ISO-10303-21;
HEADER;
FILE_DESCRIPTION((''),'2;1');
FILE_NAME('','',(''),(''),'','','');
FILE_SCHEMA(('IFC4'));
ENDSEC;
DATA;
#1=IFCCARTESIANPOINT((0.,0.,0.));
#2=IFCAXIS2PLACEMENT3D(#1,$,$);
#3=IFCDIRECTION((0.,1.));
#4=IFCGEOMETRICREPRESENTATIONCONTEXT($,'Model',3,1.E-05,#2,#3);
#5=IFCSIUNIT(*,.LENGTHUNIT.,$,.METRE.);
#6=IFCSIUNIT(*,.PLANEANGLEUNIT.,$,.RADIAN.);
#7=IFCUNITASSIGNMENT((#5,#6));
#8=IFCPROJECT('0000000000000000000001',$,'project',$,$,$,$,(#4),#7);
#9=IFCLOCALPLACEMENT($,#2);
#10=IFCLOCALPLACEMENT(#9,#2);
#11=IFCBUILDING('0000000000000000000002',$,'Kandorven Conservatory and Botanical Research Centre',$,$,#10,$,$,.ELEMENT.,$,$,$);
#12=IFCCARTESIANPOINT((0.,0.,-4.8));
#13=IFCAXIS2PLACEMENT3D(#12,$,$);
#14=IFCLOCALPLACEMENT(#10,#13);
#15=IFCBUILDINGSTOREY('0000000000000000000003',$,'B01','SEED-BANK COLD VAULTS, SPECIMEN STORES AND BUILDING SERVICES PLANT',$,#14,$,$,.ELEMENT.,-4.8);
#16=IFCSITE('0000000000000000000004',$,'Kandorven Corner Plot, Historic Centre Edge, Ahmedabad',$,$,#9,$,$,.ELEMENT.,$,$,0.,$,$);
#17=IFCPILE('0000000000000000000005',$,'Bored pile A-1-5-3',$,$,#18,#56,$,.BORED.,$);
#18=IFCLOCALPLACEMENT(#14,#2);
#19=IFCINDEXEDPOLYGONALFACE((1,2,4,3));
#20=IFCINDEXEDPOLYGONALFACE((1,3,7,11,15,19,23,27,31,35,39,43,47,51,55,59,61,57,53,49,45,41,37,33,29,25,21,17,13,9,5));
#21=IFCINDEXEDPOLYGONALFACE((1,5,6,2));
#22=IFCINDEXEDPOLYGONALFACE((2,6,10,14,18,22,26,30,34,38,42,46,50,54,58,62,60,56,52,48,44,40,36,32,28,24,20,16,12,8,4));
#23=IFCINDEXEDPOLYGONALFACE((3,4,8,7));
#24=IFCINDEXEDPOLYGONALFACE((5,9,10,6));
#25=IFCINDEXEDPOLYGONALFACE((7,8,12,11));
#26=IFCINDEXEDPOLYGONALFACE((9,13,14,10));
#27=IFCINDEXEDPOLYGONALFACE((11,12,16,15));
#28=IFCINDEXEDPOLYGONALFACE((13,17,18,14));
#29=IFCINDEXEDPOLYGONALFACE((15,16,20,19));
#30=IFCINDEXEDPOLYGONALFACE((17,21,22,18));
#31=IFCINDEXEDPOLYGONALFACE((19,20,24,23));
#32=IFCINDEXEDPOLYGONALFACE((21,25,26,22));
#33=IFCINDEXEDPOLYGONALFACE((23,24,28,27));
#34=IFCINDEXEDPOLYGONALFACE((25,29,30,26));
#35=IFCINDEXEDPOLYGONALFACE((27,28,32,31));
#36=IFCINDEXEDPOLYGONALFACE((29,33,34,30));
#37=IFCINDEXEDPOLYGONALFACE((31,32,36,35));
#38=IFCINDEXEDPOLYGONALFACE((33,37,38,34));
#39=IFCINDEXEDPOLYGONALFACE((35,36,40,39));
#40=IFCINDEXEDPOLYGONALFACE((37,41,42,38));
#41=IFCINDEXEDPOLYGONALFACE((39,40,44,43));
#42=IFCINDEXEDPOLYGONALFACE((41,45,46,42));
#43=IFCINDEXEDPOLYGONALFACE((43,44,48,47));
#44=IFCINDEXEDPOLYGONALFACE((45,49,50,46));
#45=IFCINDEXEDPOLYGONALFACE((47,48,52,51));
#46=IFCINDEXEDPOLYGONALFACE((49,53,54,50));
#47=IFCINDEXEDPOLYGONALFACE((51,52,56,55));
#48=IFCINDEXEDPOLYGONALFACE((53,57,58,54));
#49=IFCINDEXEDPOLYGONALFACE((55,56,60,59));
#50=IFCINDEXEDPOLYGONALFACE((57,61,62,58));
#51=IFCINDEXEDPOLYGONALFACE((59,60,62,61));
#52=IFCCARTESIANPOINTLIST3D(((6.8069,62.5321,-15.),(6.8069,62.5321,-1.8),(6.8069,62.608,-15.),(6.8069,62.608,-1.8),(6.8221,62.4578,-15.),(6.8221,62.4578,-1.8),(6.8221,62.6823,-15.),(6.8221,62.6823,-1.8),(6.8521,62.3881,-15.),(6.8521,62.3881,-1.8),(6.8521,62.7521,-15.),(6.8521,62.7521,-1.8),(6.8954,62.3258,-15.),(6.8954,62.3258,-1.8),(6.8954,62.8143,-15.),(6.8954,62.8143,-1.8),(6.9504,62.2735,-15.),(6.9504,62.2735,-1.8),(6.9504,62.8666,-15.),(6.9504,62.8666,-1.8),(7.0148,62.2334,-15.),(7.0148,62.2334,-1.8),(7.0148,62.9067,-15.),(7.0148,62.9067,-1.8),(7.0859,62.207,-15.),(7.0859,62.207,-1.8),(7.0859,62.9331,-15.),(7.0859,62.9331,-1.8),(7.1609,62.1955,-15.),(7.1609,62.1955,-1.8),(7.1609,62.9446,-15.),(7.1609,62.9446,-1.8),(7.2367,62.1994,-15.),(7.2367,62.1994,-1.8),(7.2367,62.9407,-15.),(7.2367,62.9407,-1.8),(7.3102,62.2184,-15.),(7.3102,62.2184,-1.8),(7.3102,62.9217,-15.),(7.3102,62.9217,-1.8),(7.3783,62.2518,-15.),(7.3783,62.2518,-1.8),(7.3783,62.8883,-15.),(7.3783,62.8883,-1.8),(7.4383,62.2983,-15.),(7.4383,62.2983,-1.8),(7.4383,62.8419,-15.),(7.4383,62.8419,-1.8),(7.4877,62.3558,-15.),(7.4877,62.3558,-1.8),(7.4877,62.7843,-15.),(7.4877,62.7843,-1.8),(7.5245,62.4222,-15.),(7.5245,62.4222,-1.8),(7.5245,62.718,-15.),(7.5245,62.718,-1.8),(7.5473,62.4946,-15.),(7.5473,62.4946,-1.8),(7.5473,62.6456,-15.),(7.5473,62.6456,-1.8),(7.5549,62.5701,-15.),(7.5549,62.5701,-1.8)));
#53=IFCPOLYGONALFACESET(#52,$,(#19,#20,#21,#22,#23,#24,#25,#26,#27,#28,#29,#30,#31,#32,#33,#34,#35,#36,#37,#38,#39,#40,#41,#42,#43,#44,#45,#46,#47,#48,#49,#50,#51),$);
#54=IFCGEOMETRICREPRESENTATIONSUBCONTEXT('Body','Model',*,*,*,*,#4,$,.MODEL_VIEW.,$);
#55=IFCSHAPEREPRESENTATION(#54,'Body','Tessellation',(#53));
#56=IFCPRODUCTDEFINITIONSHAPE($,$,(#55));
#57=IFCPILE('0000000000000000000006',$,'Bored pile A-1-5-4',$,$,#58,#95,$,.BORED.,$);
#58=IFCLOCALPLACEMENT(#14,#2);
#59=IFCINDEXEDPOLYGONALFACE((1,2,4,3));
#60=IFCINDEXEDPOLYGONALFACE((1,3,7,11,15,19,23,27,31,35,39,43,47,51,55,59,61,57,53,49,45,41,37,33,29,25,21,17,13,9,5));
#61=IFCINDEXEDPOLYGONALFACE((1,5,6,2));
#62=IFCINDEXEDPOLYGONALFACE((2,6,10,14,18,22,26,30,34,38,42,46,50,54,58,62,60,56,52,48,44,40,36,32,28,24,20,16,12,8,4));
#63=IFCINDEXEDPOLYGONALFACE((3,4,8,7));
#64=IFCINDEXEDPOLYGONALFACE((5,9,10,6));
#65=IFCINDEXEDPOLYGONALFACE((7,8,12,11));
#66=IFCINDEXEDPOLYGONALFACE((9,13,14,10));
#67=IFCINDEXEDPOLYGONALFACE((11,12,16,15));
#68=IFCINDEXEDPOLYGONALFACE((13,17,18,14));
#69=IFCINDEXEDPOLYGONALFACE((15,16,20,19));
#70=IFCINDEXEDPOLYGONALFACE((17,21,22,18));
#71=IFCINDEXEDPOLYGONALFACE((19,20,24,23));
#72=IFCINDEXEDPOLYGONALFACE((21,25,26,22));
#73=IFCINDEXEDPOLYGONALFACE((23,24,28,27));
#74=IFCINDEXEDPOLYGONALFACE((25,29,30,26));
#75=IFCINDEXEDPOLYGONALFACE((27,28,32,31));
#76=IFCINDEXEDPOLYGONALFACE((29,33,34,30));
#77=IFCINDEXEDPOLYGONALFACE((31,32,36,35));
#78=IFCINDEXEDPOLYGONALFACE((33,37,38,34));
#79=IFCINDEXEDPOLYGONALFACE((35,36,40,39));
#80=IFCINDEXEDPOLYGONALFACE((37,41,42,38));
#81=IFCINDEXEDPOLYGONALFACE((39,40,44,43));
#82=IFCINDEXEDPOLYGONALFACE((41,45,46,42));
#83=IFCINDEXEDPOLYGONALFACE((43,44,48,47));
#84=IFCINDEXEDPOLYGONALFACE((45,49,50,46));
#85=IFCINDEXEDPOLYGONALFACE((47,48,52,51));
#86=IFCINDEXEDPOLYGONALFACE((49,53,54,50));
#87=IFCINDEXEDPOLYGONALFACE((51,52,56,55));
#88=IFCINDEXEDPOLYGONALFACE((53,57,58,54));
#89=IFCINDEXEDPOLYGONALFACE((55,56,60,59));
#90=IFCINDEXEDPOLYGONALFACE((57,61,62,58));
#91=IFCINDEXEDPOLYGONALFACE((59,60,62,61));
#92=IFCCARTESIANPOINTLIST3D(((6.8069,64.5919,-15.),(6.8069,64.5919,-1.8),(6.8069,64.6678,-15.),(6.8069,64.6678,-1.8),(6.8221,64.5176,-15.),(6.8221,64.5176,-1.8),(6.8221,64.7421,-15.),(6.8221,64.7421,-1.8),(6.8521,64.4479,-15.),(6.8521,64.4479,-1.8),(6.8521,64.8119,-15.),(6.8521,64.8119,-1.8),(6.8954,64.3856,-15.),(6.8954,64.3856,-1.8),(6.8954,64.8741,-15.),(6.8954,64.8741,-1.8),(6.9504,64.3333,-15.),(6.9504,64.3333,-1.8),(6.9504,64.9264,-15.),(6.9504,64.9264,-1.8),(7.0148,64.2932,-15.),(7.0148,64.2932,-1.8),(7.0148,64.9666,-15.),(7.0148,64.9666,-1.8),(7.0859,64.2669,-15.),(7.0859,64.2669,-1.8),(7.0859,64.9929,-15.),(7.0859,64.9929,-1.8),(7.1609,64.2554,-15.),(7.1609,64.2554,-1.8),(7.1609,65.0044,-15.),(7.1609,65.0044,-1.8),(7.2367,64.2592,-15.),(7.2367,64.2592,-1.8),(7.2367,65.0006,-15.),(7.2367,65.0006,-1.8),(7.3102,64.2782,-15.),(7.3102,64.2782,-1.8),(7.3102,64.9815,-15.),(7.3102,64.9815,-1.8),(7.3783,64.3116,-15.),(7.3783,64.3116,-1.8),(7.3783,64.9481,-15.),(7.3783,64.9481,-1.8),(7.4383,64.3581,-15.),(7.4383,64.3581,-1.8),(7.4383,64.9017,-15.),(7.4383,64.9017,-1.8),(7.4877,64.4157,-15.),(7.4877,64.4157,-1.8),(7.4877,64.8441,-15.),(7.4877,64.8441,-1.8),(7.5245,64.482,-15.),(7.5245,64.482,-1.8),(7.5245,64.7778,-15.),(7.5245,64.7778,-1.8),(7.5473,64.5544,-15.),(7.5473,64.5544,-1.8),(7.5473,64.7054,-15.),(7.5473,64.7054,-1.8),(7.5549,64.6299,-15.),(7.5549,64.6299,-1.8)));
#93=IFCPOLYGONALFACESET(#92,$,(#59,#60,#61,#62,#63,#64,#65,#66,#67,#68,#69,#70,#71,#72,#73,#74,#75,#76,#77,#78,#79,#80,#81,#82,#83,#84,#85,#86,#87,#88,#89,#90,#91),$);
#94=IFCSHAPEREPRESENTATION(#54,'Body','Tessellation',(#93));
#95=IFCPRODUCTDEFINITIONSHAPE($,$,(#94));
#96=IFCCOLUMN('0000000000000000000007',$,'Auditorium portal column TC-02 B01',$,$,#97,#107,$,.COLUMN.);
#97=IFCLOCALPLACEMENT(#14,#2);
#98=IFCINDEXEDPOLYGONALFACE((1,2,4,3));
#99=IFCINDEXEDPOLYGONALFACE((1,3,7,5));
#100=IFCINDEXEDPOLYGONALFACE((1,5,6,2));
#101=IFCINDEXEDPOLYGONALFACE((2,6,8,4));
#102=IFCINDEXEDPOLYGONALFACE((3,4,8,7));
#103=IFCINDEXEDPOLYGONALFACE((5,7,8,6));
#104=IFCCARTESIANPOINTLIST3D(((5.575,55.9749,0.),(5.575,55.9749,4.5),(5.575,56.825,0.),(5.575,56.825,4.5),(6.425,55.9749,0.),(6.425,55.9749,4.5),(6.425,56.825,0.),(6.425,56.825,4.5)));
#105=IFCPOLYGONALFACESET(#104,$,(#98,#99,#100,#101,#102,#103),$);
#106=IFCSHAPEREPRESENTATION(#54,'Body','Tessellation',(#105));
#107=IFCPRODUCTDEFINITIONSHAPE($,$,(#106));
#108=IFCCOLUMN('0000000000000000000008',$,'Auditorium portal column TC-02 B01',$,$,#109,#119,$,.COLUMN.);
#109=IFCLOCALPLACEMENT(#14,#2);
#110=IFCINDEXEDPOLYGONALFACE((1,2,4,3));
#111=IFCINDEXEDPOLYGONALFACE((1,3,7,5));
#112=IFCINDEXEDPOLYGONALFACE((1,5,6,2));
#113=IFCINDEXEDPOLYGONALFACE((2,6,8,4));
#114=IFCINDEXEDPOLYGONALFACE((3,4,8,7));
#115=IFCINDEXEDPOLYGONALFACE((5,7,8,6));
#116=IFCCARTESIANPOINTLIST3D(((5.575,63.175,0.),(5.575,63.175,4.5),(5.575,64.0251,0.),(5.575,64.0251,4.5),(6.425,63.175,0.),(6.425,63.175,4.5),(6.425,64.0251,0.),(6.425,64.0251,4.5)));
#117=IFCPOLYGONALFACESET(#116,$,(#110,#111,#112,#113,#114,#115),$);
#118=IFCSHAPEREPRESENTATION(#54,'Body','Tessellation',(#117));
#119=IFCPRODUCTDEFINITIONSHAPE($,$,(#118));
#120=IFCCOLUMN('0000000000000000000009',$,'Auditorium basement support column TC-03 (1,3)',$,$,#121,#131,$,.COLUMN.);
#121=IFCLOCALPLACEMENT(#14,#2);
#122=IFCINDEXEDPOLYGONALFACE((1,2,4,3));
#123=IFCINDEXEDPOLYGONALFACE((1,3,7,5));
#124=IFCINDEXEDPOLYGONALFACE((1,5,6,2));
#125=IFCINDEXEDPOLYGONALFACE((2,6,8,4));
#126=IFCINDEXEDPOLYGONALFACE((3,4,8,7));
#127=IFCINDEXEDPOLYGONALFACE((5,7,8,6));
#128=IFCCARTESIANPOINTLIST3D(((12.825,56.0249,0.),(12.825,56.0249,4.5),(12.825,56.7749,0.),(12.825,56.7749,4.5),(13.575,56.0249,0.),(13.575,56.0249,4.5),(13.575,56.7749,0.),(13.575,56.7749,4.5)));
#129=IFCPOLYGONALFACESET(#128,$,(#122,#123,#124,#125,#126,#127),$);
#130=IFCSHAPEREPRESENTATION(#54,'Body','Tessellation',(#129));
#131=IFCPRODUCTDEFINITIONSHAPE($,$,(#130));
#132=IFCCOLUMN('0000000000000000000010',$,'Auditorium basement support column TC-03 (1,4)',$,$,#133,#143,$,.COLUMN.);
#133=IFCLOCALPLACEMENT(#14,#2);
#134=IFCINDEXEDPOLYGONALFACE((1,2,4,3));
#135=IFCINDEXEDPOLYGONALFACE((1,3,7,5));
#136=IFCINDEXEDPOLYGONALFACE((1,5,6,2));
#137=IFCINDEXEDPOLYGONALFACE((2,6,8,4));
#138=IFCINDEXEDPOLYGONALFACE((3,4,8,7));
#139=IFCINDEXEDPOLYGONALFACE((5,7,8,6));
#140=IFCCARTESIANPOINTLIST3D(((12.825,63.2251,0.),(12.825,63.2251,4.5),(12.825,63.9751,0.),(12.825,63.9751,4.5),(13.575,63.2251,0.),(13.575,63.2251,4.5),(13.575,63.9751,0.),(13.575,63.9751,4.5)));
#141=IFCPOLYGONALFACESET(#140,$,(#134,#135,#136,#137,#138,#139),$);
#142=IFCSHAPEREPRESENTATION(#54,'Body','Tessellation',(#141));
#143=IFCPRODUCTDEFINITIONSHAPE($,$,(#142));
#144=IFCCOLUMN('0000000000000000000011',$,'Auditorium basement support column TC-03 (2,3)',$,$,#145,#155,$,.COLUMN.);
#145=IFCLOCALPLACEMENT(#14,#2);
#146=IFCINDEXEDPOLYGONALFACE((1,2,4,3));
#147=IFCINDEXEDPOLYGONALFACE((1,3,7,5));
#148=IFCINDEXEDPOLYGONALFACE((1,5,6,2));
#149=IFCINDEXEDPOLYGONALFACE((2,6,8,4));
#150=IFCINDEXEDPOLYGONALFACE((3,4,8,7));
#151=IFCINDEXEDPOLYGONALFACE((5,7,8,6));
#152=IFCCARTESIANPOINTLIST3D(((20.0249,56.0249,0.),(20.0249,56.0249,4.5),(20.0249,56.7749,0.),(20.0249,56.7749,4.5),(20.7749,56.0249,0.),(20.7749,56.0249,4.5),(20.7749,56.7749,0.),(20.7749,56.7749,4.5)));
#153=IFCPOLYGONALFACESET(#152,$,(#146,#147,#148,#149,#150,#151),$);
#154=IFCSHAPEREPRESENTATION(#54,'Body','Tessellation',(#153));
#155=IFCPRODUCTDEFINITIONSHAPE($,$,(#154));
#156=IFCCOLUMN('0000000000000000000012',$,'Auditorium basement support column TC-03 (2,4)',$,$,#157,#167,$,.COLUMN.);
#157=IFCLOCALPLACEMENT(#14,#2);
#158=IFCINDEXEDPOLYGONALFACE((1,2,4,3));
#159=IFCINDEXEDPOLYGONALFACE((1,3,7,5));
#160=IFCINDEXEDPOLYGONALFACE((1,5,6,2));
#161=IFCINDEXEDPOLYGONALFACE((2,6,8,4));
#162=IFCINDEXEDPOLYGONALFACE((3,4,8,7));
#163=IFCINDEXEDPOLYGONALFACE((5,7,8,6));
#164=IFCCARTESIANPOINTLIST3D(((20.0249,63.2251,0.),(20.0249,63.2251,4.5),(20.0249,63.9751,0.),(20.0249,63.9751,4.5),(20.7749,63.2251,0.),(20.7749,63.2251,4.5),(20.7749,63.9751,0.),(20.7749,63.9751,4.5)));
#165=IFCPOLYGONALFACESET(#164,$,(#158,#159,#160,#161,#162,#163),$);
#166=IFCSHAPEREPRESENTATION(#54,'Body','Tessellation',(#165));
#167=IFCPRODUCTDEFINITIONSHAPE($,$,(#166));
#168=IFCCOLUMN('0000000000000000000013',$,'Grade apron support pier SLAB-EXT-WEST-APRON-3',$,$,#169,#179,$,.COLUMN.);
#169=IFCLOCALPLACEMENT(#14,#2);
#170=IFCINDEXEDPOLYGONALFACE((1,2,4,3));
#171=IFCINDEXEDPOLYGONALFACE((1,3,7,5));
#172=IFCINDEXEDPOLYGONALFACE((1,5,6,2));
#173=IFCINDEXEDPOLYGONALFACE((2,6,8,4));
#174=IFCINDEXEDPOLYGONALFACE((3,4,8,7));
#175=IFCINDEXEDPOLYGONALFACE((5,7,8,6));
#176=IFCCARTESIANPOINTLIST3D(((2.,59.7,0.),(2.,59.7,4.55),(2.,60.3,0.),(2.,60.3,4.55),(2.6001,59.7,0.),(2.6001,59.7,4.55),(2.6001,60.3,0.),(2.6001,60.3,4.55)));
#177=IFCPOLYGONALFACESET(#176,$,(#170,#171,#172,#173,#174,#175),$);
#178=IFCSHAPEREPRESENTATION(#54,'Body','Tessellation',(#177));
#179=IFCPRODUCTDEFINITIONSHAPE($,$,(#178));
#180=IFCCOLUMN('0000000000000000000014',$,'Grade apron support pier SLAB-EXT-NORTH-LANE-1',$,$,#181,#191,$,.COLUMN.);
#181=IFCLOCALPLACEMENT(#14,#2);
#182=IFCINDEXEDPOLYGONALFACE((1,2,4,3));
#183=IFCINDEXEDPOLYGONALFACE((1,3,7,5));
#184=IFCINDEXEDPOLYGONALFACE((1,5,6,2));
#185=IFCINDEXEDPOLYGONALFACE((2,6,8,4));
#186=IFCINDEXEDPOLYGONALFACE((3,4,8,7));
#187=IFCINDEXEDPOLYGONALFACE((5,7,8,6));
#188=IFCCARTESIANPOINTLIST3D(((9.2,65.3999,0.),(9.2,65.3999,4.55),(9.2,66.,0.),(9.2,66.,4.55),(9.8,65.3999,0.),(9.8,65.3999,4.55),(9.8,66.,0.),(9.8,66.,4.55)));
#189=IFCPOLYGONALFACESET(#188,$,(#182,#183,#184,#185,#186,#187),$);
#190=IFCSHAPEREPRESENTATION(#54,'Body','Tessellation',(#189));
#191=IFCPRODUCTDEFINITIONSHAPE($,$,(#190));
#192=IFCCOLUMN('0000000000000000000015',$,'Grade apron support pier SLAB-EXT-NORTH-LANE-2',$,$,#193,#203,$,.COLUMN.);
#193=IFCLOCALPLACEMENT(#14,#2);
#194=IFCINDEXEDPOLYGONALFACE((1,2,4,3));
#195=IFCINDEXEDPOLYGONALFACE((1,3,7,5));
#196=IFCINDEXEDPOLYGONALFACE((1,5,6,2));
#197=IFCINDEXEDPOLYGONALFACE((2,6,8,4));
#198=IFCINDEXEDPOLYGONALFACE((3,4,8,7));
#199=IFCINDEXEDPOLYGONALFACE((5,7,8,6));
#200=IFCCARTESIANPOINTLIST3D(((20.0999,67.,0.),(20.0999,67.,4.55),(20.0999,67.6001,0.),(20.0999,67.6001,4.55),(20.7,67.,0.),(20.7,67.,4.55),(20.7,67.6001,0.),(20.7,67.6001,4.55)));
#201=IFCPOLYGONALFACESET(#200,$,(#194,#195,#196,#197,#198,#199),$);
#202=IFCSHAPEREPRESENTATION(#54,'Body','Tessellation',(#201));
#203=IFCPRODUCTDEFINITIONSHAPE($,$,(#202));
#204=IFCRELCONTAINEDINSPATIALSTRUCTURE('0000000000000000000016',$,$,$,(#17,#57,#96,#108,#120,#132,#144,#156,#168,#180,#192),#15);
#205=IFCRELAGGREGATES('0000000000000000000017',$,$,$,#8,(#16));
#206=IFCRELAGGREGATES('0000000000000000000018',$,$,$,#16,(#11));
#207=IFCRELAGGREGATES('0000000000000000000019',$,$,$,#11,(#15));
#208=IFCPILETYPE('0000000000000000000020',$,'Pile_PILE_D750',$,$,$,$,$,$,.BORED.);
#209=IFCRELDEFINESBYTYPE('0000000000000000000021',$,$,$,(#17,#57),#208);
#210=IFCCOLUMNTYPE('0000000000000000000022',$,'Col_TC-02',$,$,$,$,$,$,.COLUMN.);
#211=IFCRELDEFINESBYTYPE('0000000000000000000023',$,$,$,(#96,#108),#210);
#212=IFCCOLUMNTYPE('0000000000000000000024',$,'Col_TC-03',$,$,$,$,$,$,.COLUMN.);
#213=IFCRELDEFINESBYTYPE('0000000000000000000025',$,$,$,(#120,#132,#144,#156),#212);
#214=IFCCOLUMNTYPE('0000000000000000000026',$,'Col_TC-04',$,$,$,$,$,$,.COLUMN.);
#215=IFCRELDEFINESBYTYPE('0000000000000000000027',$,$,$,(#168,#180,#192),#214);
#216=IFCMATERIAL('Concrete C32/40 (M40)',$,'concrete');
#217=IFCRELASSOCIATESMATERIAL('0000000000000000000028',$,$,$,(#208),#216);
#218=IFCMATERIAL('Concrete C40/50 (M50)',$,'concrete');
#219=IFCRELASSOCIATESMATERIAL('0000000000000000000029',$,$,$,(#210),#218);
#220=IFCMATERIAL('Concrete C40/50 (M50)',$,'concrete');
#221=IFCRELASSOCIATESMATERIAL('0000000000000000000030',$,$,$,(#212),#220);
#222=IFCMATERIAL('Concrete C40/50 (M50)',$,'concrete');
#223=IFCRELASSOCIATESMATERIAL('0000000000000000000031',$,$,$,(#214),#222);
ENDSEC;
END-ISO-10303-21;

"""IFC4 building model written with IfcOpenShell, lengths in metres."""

from ifc_helpers import new_model, si_unit, direction, frame, origin, origin_2d, place, context, subcontext, project, spatial, rectangle, circle, extrude, material, material_profile, profile_set, type_object, element, save


model = new_model("IFC4")

# Units and contexts
model_context = context("Model", 3, precision=1e-05, world=origin(), true_north=direction((0.0, 1.0)))
body_context = subcontext(model_context, "Body", "Model", "MODEL_VIEW")
ifc_project = project(units=[si_unit("LENGTHUNIT", "METRE"), si_unit("PLANEANGLEUNIT", "RADIAN")], contexts=[model_context])

# Site, building, storey
site_placement = place(None, origin())
site = spatial("IfcSite", under=ifc_project, at=site_placement, Name="Kandorven Corner Plot, Historic Centre Edge, Ahmedabad", CompositionType="ELEMENT", RefElevation=0.0)
building_placement = place(site_placement, origin())
building = spatial("IfcBuilding", under=site, at=building_placement, Name="Kandorven Conservatory and Botanical Research Centre", CompositionType="ELEMENT")
storey_placement = place(building_placement, frame((0.0, 0.0, -4.8)))
storey = spatial("IfcBuildingStorey", under=building, at=storey_placement, Name="B01", Description="SEED-BANK COLD VAULTS, SPECIMEN STORES AND BUILDING SERVICES PLANT", CompositionType="ELEMENT", Elevation=-4.8)

# Piles
ifc_material_1 = material(Name="Concrete C32/40 (M40)", Category="concrete")
ifc_material_profile_1 = material_profile(ifc_material_1, circle(Radius=0.375, at=origin_2d()))
ifc_profile_set_1 = profile_set([ifc_material_profile_1], Name="Concrete C32/40 (M40)")
pile_type = type_object("IfcPileType", Name="Pile_PILE_D750", PredefinedType="BORED", material=ifc_profile_set_1)
for number, where, z_axis, x_axis, name in (
    (1, (7.1799, 62.5701, -1.8), (0.0, 0.0, -1.0), (1.0, 0.0, 0.0), "Bored pile A-1-5-3"),
    (2, (7.1799, 64.6299, -1.8), (0.0, 0.0, -1.0), (1.0, 0.0, 0.0), "Bored pile A-1-5-4"),
):
    element("IfcPile", number, at=place(storey_placement, frame(where, z_axis=z_axis, x_axis=x_axis)), inside=storey, type_object=pile_type, Name=name, PredefinedType="BORED", context=body_context, shape_type="SweptSolid", body=[
        extrude(circle(Radius=0.375, at=origin_2d()), origin(), (0.0, 0.0, 1.0), 13.2),
    ])

# Columns
ifc_material_2 = material(Name="Concrete C40/50 (M50)", Category="concrete")
ifc_material_profile_2 = material_profile(ifc_material_2, rectangle(XDim=0.8501, YDim=0.8501, at=origin_2d()))
ifc_profile_set_2 = profile_set([ifc_material_profile_2], Name="Concrete C40/50 (M50)")
column_type_1 = type_object("IfcColumnType", Name="Col_TC-02", PredefinedType="COLUMN", material=ifc_profile_set_2)
for number, where, z_axis, x_axis, name in (
    (3, (6.0, 56.3999, 0.0), (0.0, 0.0, 1.0), (1.0, 0.0, 0.0), "Auditorium portal column TC-02 B01"),
    (4, (6.0, 63.6001, 0.0), (0.0, 0.0, 1.0), (1.0, 0.0, 0.0), "Auditorium portal column TC-02 B01"),
):
    element("IfcColumn", number, at=place(storey_placement, frame(where, z_axis=z_axis, x_axis=x_axis)), inside=storey, type_object=column_type_1, Name=name, PredefinedType="COLUMN", context=body_context, shape_type="SweptSolid", body=[
        extrude(rectangle(XDim=0.8501, YDim=0.8501, at=origin_2d()), origin(), (0.0, 0.0, 1.0), 4.5),
    ])
ifc_material_3 = material(Name="Concrete C40/50 (M50)", Category="concrete")
ifc_material_profile_3 = material_profile(ifc_material_3, rectangle(XDim=0.75, YDim=0.75, at=origin_2d()))
ifc_profile_set_3 = profile_set([ifc_material_profile_3], Name="Concrete C40/50 (M50)")
column_type_2 = type_object("IfcColumnType", Name="Col_TC-03", PredefinedType="COLUMN", material=ifc_profile_set_3)
for number, where, z_axis, x_axis, name in (
    (5, (13.2, 56.3999, 0.0), (0.0, 0.0, 1.0), (1.0, 0.0, 0.0), "Auditorium basement support column TC-03 (1,3)"),
    (6, (13.2, 63.6001, 0.0), (0.0, 0.0, 1.0), (1.0, 0.0, 0.0), "Auditorium basement support column TC-03 (1,4)"),
    (7, (20.3999, 56.3999, 0.0), (0.0, 0.0, 1.0), (1.0, 0.0, 0.0), "Auditorium basement support column TC-03 (2,3)"),
    (8, (20.3999, 63.6001, 0.0), (0.0, 0.0, 1.0), (1.0, 0.0, 0.0), "Auditorium basement support column TC-03 (2,4)"),
):
    element("IfcColumn", number, at=place(storey_placement, frame(where, z_axis=z_axis, x_axis=x_axis)), inside=storey, type_object=column_type_2, Name=name, PredefinedType="COLUMN", context=body_context, shape_type="SweptSolid", body=[
        extrude(rectangle(XDim=0.75, YDim=0.75, at=origin_2d()), origin(), (0.0, 0.0, 1.0), 4.5),
    ])
ifc_material_4 = material(Name="Concrete C40/50 (M50)", Category="concrete")
ifc_material_profile_4 = material_profile(ifc_material_4, rectangle(XDim=0.6001, YDim=0.6001, at=origin_2d()))
ifc_profile_set_4 = profile_set([ifc_material_profile_4], Name="Concrete C40/50 (M50)")
column_type_3 = type_object("IfcColumnType", Name="Col_TC-04", PredefinedType="COLUMN", material=ifc_profile_set_4)
for number, where, z_axis, x_axis, name in (
    (9, (2.3, 60.0, 0.0), (0.0, 0.0, 1.0), (1.0, 0.0, 0.0), "Grade apron support pier SLAB-EXT-WEST-APRON-3"),
    (10, (9.5, 65.7, 0.0), (0.0, 0.0, 1.0), (1.0, 0.0, 0.0), "Grade apron support pier SLAB-EXT-NORTH-LANE-1"),
    (11, (20.3999, 67.3, 0.0), (0.0, 0.0, 1.0), (1.0, 0.0, 0.0), "Grade apron support pier SLAB-EXT-NORTH-LANE-2"),
):
    element("IfcColumn", number, at=place(storey_placement, frame(where, z_axis=z_axis, x_axis=x_axis)), inside=storey, type_object=column_type_3, Name=name, PredefinedType="COLUMN", context=body_context, shape_type="SweptSolid", body=[
        extrude(rectangle(XDim=0.6001, YDim=0.6001, at=origin_2d()), origin(), (0.0, 0.0, 1.0), 4.55),
    ])

save(model, "model.ifc")
